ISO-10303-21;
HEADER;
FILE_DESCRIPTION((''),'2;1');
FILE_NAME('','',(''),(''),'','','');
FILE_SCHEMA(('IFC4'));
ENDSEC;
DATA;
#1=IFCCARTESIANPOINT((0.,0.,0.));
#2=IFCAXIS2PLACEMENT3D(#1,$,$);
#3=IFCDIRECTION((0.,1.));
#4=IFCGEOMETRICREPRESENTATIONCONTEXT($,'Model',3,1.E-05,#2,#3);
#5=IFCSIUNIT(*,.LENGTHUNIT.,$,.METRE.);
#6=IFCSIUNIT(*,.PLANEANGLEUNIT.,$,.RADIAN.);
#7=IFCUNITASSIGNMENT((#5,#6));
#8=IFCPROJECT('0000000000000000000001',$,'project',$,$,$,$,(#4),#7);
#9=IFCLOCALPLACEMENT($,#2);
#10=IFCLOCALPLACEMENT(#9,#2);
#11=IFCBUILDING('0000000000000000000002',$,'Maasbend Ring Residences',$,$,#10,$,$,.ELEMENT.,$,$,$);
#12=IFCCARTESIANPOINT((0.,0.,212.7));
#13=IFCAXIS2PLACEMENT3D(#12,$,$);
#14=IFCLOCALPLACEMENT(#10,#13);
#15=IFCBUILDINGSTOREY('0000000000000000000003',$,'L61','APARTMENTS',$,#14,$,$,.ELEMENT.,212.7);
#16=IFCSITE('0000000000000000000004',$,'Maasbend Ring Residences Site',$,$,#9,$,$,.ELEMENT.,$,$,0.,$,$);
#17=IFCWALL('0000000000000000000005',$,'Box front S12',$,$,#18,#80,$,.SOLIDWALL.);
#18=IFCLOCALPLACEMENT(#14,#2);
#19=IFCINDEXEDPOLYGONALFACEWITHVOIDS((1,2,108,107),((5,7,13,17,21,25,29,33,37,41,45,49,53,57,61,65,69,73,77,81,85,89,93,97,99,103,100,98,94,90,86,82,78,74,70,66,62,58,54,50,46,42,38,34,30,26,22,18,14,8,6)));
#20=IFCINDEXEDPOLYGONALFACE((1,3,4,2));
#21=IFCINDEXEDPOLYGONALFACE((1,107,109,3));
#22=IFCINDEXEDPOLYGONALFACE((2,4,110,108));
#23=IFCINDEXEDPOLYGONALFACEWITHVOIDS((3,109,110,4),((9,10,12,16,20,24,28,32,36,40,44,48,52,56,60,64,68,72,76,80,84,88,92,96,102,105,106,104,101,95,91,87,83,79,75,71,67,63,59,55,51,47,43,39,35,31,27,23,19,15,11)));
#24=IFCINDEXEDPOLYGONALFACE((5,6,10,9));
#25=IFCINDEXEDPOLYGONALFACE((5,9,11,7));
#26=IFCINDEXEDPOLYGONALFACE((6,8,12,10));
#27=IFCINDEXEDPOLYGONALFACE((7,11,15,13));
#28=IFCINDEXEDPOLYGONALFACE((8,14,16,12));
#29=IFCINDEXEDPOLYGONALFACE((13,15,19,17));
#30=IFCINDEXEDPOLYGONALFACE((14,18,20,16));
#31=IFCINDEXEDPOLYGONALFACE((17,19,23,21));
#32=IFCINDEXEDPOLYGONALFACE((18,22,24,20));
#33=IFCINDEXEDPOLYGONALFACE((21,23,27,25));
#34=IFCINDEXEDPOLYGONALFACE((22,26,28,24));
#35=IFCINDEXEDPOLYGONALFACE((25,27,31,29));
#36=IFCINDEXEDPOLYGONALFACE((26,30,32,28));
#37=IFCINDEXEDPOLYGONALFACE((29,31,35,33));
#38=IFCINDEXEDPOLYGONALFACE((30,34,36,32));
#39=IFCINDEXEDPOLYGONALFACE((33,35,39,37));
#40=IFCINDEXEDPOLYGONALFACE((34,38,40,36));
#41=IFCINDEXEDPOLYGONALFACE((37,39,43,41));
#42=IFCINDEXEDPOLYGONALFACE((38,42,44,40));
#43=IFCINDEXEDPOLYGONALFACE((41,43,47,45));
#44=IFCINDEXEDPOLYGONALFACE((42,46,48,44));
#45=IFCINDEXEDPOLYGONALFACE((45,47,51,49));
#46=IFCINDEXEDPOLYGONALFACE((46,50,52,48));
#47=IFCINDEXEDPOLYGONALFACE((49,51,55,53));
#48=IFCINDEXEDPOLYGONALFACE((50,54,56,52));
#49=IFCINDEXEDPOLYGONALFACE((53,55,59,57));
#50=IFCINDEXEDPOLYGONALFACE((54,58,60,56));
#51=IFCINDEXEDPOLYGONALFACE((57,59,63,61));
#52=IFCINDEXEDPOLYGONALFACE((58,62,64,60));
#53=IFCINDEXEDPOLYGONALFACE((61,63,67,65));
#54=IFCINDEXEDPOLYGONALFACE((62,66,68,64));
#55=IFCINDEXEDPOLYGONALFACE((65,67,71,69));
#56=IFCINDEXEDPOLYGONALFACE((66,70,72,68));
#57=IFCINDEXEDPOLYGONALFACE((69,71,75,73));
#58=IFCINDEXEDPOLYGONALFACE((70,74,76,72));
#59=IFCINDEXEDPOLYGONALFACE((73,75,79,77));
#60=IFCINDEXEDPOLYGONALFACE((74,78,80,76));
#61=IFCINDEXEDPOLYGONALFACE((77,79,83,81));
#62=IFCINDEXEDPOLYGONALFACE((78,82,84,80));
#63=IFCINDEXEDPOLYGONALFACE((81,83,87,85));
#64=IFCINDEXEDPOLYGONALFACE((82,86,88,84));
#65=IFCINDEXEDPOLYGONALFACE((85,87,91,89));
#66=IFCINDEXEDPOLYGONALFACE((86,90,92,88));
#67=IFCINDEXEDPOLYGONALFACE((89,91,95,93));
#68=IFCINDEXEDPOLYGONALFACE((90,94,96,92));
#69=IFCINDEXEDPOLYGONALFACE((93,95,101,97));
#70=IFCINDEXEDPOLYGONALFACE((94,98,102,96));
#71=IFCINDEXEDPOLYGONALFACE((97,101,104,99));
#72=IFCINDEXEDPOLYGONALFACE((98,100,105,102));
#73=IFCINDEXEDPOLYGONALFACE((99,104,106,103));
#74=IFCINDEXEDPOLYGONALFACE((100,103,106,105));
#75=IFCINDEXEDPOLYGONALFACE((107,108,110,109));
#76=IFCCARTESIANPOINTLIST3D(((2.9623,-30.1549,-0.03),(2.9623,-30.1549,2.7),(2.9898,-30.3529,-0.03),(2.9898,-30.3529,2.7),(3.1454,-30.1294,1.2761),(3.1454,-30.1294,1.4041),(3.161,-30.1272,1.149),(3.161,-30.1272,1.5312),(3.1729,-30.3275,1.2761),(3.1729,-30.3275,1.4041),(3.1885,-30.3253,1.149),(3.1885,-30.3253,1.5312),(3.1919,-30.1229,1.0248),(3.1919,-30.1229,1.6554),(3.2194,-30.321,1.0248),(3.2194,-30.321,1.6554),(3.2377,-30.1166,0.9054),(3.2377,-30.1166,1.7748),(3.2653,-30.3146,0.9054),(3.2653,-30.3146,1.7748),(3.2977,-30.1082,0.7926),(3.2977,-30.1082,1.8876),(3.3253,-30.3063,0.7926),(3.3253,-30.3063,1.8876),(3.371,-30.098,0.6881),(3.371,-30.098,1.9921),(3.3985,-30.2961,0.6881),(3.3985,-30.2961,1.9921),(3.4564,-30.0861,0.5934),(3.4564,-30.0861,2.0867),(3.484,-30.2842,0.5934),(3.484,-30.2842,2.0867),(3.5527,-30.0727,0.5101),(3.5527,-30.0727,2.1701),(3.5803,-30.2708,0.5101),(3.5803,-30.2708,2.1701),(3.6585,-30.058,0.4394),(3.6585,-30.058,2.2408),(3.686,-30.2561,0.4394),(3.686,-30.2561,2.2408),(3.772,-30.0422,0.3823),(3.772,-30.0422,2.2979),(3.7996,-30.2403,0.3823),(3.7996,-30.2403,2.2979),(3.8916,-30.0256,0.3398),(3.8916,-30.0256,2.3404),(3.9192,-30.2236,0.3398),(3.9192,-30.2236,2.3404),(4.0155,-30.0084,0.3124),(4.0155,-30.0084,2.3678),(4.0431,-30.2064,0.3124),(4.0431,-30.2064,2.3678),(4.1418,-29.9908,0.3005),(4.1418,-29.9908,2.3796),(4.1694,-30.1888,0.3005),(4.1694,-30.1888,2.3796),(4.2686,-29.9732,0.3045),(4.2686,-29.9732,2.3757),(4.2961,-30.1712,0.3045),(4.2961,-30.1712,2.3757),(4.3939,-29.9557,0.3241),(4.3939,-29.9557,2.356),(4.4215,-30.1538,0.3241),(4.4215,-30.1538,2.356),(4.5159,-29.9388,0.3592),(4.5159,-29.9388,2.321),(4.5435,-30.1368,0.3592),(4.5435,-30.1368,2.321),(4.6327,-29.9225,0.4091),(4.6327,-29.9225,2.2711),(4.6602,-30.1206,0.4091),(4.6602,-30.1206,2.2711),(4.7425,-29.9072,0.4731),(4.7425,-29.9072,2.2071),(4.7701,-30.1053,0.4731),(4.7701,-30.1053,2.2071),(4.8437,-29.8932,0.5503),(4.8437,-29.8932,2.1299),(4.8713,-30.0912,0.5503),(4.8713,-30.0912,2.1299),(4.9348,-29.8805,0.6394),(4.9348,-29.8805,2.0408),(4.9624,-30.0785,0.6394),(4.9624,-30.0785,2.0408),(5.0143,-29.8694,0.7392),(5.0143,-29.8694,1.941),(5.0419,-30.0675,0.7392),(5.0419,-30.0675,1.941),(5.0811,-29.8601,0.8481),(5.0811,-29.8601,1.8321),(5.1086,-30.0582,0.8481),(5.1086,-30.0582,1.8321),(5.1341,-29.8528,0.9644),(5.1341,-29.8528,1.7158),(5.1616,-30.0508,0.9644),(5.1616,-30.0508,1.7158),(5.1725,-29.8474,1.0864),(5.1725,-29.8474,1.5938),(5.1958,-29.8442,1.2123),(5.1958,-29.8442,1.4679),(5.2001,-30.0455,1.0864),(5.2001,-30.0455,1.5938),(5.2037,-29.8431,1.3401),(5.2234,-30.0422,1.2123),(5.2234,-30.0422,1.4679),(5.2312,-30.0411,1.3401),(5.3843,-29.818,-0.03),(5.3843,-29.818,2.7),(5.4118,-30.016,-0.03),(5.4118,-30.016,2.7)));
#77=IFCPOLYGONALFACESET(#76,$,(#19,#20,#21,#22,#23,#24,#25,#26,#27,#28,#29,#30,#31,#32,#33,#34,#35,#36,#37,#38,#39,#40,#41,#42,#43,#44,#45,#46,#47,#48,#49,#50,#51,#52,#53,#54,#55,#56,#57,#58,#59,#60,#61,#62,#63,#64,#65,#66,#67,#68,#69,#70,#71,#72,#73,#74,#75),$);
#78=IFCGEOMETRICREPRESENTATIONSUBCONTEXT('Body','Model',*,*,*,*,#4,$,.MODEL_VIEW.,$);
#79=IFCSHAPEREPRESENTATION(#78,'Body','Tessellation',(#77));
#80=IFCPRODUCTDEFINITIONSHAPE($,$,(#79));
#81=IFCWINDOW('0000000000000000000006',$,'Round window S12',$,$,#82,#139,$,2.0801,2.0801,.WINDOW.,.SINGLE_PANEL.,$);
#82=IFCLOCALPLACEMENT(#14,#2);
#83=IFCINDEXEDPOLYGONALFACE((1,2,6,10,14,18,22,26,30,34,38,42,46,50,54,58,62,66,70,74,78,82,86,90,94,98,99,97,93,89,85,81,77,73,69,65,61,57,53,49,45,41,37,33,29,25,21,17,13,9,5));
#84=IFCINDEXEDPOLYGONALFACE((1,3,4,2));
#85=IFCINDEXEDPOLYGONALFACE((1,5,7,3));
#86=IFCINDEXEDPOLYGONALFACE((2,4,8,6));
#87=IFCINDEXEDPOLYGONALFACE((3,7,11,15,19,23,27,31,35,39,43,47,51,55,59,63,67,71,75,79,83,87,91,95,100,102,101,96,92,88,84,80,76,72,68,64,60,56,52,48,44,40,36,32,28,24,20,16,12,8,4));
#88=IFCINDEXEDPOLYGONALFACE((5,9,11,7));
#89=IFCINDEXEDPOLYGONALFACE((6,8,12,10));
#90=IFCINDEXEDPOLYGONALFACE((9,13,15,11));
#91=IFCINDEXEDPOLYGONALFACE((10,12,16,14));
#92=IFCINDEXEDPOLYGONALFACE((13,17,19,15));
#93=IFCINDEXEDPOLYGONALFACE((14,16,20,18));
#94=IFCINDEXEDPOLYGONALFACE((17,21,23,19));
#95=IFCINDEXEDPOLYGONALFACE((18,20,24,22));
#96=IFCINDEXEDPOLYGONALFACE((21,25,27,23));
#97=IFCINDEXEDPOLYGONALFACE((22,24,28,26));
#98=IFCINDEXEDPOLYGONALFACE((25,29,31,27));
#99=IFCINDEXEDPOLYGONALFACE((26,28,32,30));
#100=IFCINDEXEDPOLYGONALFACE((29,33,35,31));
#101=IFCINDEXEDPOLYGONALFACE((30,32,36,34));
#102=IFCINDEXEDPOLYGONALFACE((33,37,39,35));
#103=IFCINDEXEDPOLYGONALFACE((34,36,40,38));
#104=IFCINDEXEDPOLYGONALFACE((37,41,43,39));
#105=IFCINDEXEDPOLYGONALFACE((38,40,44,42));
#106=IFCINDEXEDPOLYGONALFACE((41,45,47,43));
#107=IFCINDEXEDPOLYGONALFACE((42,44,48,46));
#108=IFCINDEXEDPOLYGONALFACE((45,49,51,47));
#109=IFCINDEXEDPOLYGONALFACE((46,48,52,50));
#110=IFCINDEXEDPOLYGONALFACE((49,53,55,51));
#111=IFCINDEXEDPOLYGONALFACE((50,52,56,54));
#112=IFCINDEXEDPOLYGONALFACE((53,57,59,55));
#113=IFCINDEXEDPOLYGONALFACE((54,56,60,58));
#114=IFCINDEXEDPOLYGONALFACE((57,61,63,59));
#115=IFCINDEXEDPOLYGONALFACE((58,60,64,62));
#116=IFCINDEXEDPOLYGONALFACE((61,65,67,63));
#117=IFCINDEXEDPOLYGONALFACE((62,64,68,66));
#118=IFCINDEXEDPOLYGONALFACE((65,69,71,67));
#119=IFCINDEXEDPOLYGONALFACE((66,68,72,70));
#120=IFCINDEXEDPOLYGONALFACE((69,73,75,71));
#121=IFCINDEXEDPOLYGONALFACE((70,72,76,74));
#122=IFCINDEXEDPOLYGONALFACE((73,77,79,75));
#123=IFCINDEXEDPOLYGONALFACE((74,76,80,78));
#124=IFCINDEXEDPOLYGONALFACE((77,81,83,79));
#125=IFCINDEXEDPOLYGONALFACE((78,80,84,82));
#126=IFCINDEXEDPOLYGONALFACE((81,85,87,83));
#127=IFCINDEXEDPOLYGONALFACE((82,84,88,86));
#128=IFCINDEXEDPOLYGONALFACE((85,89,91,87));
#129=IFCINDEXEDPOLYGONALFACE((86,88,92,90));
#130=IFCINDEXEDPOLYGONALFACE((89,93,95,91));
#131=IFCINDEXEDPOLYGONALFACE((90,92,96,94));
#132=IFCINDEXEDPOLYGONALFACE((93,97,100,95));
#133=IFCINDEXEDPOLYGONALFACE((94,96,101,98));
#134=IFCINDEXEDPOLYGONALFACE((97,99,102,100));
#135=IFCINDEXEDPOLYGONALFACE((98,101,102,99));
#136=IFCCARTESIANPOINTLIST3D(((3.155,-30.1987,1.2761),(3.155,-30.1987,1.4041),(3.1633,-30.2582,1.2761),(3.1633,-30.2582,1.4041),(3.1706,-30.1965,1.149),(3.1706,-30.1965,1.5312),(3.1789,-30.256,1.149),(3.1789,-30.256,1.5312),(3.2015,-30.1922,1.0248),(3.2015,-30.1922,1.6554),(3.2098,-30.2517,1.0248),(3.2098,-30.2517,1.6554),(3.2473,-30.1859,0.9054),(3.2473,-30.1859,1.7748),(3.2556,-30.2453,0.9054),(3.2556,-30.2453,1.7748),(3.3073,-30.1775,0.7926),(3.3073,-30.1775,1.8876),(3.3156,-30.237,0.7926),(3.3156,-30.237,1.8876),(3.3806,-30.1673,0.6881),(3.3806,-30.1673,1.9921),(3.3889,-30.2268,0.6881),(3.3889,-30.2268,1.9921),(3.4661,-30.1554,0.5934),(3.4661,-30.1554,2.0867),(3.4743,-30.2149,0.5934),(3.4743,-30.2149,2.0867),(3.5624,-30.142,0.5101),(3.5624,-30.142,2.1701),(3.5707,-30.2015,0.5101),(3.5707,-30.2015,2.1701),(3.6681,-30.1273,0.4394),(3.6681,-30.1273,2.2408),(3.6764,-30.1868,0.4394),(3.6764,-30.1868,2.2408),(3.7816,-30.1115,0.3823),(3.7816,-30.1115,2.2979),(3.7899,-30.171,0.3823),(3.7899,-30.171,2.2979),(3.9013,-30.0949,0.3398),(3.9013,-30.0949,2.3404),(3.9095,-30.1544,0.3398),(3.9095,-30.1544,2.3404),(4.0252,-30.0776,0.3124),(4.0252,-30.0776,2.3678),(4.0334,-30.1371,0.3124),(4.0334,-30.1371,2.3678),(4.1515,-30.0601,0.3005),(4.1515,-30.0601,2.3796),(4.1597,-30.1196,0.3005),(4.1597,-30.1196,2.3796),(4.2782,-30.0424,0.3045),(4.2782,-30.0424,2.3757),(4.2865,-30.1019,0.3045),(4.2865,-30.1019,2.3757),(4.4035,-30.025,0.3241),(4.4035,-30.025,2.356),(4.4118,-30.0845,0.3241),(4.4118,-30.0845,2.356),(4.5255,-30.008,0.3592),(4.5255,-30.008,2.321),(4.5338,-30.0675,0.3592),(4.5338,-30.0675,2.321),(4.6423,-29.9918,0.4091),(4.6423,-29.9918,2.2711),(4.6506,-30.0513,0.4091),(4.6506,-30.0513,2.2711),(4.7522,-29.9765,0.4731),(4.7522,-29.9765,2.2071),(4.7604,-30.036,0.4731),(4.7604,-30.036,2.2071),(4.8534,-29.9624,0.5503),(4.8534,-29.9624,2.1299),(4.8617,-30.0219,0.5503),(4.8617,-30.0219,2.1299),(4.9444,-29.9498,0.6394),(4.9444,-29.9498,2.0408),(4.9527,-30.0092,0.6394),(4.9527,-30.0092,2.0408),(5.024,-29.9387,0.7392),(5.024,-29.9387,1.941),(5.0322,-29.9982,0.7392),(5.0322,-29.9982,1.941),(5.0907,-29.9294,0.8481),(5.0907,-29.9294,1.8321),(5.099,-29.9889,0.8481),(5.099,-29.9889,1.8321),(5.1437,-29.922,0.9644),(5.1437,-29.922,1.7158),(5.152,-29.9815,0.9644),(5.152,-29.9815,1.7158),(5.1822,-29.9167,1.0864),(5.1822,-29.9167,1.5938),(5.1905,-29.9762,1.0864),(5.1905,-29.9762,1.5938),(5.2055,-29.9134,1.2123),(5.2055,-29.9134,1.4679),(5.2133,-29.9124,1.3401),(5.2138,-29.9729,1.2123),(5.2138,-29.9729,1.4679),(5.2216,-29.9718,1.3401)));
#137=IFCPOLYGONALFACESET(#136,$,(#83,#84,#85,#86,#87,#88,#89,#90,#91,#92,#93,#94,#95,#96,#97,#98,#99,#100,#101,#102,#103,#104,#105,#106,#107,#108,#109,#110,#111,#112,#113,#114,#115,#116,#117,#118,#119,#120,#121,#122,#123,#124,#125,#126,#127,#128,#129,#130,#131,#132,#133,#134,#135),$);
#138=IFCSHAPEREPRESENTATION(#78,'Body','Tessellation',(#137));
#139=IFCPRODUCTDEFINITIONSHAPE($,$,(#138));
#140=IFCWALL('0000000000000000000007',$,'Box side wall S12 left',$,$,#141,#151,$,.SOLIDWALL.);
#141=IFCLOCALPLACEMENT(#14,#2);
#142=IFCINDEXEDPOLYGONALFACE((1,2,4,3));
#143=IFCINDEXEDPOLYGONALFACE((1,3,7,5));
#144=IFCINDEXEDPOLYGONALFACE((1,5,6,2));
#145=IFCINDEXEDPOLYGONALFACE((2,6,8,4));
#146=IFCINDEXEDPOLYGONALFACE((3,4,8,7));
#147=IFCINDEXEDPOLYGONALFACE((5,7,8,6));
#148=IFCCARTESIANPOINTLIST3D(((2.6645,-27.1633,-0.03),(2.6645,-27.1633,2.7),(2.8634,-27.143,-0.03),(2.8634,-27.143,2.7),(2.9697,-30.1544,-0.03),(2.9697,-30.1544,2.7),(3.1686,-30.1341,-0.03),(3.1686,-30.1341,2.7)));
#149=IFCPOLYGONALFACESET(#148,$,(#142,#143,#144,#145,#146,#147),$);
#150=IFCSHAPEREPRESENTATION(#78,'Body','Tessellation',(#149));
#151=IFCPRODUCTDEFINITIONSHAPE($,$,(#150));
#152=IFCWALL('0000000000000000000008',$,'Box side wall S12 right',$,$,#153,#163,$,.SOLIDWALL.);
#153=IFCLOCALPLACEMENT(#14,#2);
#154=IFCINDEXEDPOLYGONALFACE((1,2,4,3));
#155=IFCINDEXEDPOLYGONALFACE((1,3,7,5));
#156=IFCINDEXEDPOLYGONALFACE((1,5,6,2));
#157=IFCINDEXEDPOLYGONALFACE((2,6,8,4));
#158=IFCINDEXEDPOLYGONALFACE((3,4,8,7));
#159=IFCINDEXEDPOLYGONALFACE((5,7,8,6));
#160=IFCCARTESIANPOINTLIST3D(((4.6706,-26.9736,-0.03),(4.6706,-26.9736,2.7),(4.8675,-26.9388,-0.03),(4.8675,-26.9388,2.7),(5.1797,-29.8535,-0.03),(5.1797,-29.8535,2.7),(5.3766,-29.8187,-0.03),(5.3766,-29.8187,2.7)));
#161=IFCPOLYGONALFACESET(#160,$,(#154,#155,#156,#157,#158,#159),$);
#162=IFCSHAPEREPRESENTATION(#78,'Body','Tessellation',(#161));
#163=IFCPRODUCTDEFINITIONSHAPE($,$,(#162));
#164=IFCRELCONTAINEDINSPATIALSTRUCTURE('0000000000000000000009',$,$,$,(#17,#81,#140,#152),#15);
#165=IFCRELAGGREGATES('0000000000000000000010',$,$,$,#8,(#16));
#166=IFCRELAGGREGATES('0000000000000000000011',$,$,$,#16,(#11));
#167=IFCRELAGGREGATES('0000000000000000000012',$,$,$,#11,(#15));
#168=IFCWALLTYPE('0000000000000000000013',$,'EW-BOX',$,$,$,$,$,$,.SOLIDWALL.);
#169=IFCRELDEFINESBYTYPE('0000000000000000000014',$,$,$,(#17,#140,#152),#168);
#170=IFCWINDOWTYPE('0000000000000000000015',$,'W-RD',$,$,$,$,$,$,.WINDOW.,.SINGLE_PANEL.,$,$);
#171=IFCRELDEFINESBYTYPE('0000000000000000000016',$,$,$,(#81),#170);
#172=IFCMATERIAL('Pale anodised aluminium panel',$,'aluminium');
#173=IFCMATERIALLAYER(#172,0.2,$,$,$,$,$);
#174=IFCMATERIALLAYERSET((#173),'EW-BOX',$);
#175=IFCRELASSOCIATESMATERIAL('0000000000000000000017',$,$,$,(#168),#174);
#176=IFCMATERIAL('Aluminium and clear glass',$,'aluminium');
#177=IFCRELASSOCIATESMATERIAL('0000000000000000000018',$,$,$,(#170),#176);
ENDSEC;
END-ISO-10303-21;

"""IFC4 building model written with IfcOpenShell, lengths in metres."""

from ifc_helpers import new_model, si_unit, direction, frame, frame_2d, origin, place, context, subcontext, project, spatial, rectangle, circle, extrude, material, layer, layer_set, type_object, element, fill, save


model = new_model("IFC4")

# Units and contexts
model_context = context("Model", 3, precision=1e-05, world=origin(), true_north=direction((0.0, 1.0)))
body_context = subcontext(model_context, "Body", "Model", "MODEL_VIEW")
ifc_project = project(units=[si_unit("LENGTHUNIT", "METRE"), si_unit("PLANEANGLEUNIT", "RADIAN")], contexts=[model_context])

# Site, building, storey
site_placement = place(None, origin())
site = spatial("IfcSite", under=ifc_project, at=site_placement, Name="Maasbend Ring Residences Site", CompositionType="ELEMENT", RefElevation=0.0)
building_placement = place(site_placement, origin())
building = spatial("IfcBuilding", under=site, at=building_placement, Name="Maasbend Ring Residences", CompositionType="ELEMENT")
storey_placement = place(building_placement, frame((0.0, 0.0, 212.7)))
storey = spatial("IfcBuildingStorey", under=building, at=storey_placement, Name="L61", Description="APARTMENTS", CompositionType="ELEMENT", Elevation=212.7)

# Wall, opening, window
ifc_material_1 = material(Name="Pale anodised aluminium panel", Category="aluminium")
ifc_layer_1 = layer(ifc_material_1, 0.2)
ifc_layer_set_1 = layer_set([ifc_layer_1], Name="EW-BOX")
wall_type_1 = type_object("IfcWallType", Name="EW-BOX", PredefinedType="SOLIDWALL", material=ifc_layer_set_1)
wall_1_placement = place(storey_placement, frame((2.9761, -30.2539, -0.03), z_axis=(0.0, 0.0, 1.0), x_axis=(0.990462, 0.137786, 0.0)))
wall_1 = element("IfcWall", 1, at=wall_1_placement, inside=storey, type_object=wall_type_1, Name="Box front S12", PredefinedType="SOLIDWALL", context=body_context, shape_type="SweptSolid", body=[
    extrude(rectangle(XDim=2.4453, YDim=0.2, at=frame_2d((1.2227, 0.0))), origin(), (0.0, 0.0, 1.0), 2.73),
])
opening_1_placement = place(wall_1_placement, frame((0.1829, 0.0, 0.3301)))
opening_1 = element("IfcOpeningElement", 2, at=opening_1_placement, cuts=wall_1, PredefinedType="OPENING", context=body_context, shape_type="SweptSolid", body=[
    extrude(circle(Radius=1.04, at=frame_2d((1.04, 1.04))), frame((0.0, 0.1099, 0.0), z_axis=(0.0, -1.0, 0.0), x_axis=(1.0, 0.0, 0.0)), (0.0, 0.0, 1.0), 0.22),
])
ifc_material_2 = material(Name="Aluminium and clear glass", Category="aluminium")
window_type_1 = type_object("IfcWindowType", Name="W-RD", PartitioningType="SINGLE_PANEL", PredefinedType="WINDOW", material=ifc_material_2)
window_1_placement = place(opening_1_placement, origin())
window_1 = element("IfcWindow", 3, at=window_1_placement, inside=storey, type_object=window_type_1, Name="Round window S12", OverallHeight=2.0801, OverallWidth=2.0801, PartitioningType="SINGLE_PANEL", PredefinedType="WINDOW", context=body_context, shape_type="SweptSolid", body=[
    extrude(circle(Radius=1.04, at=frame_2d((1.04, 1.04))), frame((0.0, 0.03, 0.0), z_axis=(0.0, -1.0, 0.0), x_axis=(1.0, 0.0, 0.0)), (0.0, 0.0, 1.0), 0.0601),
])
fill(opening_1, window_1)

# Walls
wall_2_placement = place(storey_placement, frame((2.7639, -27.1531, -0.03), z_axis=(0.0, 0.0, 1.0), x_axis=(0.101505, -0.994835, 0.0)))
element("IfcWall", 4, at=wall_2_placement, inside=storey, type_object=wall_type_1, Name="Box side wall S12 left", PredefinedType="SOLIDWALL", context=body_context, shape_type="SweptSolid", body=[
    extrude(rectangle(XDim=3.0066, YDim=0.2, at=frame_2d((1.5034, 0.0))), origin(), (0.0, 0.0, 1.0), 2.73),
])
wall_3_placement = place(storey_placement, frame((4.769, -26.9561, -0.03), z_axis=(0.0, 0.0, 1.0), x_axis=(0.174057, -0.984736, 0.0)))
element("IfcWall", 5, at=wall_3_placement, inside=storey, type_object=wall_type_1, Name="Box side wall S12 right", PredefinedType="SOLIDWALL", context=body_context, shape_type="SweptSolid", body=[
    extrude(rectangle(XDim=2.9246, YDim=0.2, at=frame_2d((1.4624, 0.0))), origin(), (0.0, 0.0, 1.0), 2.73),
])

save(model, "model.ifc")
